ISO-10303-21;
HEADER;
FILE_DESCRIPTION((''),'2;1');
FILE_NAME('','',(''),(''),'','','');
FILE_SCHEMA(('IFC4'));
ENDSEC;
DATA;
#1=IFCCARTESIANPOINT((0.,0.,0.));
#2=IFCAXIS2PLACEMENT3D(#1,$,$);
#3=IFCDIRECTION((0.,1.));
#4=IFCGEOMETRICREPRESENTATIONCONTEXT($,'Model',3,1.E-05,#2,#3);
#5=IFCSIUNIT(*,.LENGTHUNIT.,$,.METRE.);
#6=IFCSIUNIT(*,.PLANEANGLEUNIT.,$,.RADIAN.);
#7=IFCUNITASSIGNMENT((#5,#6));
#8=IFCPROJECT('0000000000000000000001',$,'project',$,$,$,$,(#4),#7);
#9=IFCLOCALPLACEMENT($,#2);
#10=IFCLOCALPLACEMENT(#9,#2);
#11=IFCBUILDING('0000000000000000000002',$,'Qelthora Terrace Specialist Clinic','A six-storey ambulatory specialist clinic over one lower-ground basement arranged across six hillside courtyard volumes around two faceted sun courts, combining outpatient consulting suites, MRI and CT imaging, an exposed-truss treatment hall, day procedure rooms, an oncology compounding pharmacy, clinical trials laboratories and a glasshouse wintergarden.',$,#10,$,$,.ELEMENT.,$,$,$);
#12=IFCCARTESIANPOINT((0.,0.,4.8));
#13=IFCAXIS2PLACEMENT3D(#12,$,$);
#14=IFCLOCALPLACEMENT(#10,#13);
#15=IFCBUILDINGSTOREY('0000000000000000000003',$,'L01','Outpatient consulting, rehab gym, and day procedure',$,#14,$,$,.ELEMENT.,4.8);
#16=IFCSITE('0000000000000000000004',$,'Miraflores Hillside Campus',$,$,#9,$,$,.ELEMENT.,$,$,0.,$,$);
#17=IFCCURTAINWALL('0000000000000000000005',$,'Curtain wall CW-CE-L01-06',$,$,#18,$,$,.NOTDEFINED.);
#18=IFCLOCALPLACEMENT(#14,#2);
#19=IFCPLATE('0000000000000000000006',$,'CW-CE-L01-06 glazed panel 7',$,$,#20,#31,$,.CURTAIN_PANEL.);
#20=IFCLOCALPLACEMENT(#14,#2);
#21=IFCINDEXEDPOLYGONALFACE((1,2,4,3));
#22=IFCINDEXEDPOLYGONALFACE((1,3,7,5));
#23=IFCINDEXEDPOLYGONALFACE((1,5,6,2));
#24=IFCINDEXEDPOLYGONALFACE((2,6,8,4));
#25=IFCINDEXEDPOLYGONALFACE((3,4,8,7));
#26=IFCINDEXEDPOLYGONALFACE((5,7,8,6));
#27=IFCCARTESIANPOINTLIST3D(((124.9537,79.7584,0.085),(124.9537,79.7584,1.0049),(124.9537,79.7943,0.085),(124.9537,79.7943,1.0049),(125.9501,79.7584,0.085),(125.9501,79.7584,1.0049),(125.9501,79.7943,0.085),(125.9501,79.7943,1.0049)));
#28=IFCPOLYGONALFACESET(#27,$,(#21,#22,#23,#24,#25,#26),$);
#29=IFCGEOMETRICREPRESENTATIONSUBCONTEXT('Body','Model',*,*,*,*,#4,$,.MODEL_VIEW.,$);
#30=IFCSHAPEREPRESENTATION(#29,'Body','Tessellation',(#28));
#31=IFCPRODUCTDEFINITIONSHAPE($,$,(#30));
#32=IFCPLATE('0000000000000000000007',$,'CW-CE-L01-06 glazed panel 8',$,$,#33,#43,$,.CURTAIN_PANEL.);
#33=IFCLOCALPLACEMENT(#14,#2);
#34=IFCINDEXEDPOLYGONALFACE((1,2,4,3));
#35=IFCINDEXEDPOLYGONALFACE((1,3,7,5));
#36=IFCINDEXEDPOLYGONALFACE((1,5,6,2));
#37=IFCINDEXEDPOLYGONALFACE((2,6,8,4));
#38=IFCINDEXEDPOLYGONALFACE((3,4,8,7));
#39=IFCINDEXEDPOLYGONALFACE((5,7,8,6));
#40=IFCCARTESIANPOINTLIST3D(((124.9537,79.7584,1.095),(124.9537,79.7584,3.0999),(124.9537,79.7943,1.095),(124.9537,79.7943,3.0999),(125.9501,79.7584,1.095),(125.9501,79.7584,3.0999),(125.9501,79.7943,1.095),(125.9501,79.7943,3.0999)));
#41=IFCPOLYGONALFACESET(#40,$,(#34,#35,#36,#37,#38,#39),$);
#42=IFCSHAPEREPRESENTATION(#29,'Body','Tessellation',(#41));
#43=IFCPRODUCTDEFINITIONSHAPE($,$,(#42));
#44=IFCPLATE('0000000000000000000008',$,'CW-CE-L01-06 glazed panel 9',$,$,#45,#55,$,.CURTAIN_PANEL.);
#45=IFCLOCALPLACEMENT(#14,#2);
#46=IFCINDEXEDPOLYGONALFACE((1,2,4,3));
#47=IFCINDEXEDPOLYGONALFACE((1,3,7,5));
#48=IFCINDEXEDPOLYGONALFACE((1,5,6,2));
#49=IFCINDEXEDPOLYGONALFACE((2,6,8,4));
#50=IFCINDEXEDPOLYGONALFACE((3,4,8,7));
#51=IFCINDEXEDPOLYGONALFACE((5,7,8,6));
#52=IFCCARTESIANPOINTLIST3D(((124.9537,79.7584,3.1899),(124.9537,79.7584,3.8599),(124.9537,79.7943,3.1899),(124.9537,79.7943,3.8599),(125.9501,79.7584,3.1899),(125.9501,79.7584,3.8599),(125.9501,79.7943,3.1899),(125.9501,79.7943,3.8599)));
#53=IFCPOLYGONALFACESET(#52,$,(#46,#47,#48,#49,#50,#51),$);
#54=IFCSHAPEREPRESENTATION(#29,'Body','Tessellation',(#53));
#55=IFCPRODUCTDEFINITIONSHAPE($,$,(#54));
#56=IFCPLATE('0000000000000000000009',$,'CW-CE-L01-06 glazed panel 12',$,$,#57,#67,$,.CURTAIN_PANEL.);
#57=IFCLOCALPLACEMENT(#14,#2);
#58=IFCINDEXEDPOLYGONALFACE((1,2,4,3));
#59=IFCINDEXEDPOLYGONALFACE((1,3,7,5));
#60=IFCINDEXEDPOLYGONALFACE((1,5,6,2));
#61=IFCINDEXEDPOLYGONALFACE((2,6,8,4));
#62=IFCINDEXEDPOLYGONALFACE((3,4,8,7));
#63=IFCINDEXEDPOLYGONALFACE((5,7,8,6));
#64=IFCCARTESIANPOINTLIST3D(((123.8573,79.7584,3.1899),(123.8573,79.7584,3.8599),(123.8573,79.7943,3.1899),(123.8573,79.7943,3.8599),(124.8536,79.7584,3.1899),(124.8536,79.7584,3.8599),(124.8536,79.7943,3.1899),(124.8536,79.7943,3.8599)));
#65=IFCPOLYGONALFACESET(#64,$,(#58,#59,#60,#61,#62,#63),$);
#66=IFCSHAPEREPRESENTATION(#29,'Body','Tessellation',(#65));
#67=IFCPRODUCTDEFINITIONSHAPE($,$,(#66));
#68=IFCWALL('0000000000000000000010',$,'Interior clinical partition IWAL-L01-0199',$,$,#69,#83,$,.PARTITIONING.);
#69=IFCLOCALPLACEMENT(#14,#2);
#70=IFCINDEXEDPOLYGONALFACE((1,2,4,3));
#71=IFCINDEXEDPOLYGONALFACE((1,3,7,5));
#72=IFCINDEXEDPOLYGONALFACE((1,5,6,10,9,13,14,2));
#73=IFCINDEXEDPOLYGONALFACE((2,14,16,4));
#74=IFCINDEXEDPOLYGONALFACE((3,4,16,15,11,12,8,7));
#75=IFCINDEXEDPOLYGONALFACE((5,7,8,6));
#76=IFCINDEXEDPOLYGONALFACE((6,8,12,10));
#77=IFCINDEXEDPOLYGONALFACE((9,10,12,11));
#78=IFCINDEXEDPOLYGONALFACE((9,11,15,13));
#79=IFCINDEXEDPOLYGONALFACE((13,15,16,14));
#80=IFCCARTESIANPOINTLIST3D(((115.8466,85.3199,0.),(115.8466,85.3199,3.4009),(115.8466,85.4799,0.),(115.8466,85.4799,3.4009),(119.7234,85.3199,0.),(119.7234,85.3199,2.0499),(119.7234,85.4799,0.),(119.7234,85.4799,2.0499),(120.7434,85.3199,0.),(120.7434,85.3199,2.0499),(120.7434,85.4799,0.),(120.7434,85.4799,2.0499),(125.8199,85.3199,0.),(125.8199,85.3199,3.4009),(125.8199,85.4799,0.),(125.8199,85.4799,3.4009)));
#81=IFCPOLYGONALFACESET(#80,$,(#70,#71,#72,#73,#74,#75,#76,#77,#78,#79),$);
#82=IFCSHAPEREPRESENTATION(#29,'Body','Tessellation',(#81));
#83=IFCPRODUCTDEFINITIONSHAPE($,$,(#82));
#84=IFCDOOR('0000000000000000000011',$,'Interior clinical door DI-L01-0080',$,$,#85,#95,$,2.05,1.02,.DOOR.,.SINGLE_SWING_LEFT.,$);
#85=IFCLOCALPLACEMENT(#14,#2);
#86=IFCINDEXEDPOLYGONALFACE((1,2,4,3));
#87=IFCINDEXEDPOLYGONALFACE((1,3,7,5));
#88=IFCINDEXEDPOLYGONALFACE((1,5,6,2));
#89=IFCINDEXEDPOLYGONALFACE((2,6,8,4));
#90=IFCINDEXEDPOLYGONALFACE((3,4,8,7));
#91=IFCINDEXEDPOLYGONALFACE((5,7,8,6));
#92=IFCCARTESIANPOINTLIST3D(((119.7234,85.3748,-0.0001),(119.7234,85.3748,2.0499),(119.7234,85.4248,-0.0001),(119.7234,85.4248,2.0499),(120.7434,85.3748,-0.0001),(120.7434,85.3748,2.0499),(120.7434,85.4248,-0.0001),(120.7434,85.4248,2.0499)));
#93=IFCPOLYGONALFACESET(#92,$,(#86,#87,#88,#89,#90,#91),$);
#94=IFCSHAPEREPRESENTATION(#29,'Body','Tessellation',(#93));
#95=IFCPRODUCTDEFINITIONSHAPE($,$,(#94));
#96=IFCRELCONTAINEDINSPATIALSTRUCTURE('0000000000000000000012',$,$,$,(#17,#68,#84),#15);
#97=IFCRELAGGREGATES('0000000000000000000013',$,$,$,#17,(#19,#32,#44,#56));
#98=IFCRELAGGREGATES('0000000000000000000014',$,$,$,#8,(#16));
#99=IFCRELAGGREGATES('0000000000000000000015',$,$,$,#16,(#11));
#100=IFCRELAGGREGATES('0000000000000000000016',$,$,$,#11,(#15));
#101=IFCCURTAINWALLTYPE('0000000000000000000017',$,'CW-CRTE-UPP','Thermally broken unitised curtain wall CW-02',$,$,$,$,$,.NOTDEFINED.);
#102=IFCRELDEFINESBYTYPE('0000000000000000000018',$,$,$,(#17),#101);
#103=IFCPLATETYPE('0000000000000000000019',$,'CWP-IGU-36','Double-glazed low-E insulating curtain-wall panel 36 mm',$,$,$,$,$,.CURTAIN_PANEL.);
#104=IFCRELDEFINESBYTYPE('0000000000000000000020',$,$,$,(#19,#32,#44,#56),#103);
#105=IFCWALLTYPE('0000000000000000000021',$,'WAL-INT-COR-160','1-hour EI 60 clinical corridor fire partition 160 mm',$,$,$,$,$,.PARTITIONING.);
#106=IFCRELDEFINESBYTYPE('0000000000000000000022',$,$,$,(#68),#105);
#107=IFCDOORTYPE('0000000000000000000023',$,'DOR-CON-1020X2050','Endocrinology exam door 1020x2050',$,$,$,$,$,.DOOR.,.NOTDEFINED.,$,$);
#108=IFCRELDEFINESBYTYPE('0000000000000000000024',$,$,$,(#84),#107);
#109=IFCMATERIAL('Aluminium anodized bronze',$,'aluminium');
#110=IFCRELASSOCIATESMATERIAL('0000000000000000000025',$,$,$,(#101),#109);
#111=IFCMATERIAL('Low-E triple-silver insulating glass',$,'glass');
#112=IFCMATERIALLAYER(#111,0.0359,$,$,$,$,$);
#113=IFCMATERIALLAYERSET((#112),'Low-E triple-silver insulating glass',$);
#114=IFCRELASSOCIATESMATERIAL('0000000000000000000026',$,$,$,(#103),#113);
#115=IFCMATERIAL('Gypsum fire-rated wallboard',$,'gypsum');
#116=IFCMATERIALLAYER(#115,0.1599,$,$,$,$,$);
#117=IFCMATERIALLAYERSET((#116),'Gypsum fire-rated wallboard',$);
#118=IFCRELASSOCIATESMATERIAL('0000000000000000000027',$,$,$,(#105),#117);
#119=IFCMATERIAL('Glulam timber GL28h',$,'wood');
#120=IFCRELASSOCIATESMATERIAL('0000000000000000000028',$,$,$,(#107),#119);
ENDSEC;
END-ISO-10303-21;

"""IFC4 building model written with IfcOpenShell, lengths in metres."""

from ifc_helpers import new_model, si_unit, direction, frame, frame_2d, origin, origin_2d, place, context, subcontext, project, spatial, rectangle, extrude, material, layer, layer_set, type_object, element, fill, aggregate, save


model = new_model("IFC4")

# Units and contexts
model_context = context("Model", 3, precision=1e-05, world=origin(), true_north=direction((0.0, 1.0)))
body_context = subcontext(model_context, "Body", "Model", "MODEL_VIEW")
ifc_project = project(units=[si_unit("LENGTHUNIT", "METRE"), si_unit("PLANEANGLEUNIT", "RADIAN")], contexts=[model_context])

# Site, building, storey
site_placement = place(None, origin())
site = spatial("IfcSite", under=ifc_project, at=site_placement, Name="Miraflores Hillside Campus", CompositionType="ELEMENT", RefElevation=0.0)
building_placement = place(site_placement, origin())
building = spatial("IfcBuilding", under=site, at=building_placement, Name="Qelthora Terrace Specialist Clinic", Description="A six-storey ambulatory specialist clinic over one lower-ground basement arranged across six hillside courtyard volumes around two faceted sun courts, combining outpatient consulting suites, MRI and CT imaging, an exposed-truss treatment hall, day procedure rooms, an oncology compounding pharmacy, clinical trials laboratories and a glasshouse wintergarden.", CompositionType="ELEMENT")
storey_placement = place(building_placement, frame((0.0, 0.0, 4.8)))
storey = spatial("IfcBuildingStorey", under=building, at=storey_placement, Name="L01", Description="Outpatient consulting, rehab gym, and day procedure", CompositionType="ELEMENT", Elevation=4.8)

# Curtain wall
ifc_material_1 = material(Name="Aluminium anodized bronze", Category="aluminium")
curtain_wall_type = type_object("IfcCurtainWallType", Name="CW-CRTE-UPP", Description="Thermally broken unitised curtain wall CW-02", PredefinedType="NOTDEFINED", material=ifc_material_1)
curtain_wall_placement = place(storey_placement, origin())
curtain_wall = element("IfcCurtainWall", 1, at=curtain_wall_placement, inside=storey, type_object=curtain_wall_type, Name="Curtain wall CW-CE-L01-06", PredefinedType="NOTDEFINED")

# Plates
ifc_material_2 = material(Name="Low-E triple-silver insulating glass", Category="glass")
ifc_layer_1 = layer(ifc_material_2, 0.0359)
ifc_layer_set_1 = layer_set([ifc_layer_1], Name="Low-E triple-silver insulating glass")
plate_type = type_object("IfcPlateType", Name="CWP-IGU-36", Description="Double-glazed low-E insulating curtain-wall panel 36 mm", PredefinedType="CURTAIN_PANEL", material=ifc_layer_set_1)
plate_1_placement = place(storey_placement, frame((125.4519, 79.7764, 0.085), z_axis=(0.0, 0.0, 1.0), x_axis=(-1.0, 0.0, 0.0)))
plate_1 = element("IfcPlate", 2, at=plate_1_placement, type_object=plate_type, Name="CW-CE-L01-06 glazed panel 7", PredefinedType="CURTAIN_PANEL", context=body_context, shape_type="SweptSolid", body=[
    extrude(rectangle(XDim=0.9963, YDim=0.0359, at=origin_2d()), origin(), (0.0, 0.0, 1.0), 0.9199),
])
plate_2_placement = place(storey_placement, frame((125.4519, 79.7764, 1.095), z_axis=(0.0, 0.0, 1.0), x_axis=(-1.0, 0.0, 0.0)))
plate_2 = element("IfcPlate", 3, at=plate_2_placement, type_object=plate_type, Name="CW-CE-L01-06 glazed panel 8", PredefinedType="CURTAIN_PANEL", context=body_context, shape_type="SweptSolid", body=[
    extrude(rectangle(XDim=0.9963, YDim=0.0359, at=origin_2d()), origin(), (0.0, 0.0, 1.0), 2.0049),
])
plate_3_placement = place(storey_placement, frame((125.4519, 79.7764, 3.1899), z_axis=(0.0, 0.0, 1.0), x_axis=(-1.0, 0.0, 0.0)))
plate_3 = element("IfcPlate", 4, at=plate_3_placement, type_object=plate_type, Name="CW-CE-L01-06 glazed panel 9", PredefinedType="CURTAIN_PANEL", context=body_context, shape_type="SweptSolid", body=[
    extrude(rectangle(XDim=0.9963, YDim=0.0359, at=origin_2d()), origin(), (0.0, 0.0, 1.0), 0.6699),
])
plate_4_placement = place(storey_placement, frame((124.3555, 79.7764, 3.1899), z_axis=(0.0, 0.0, 1.0), x_axis=(-1.0, 0.0, 0.0)))
plate_4 = element("IfcPlate", 5, at=plate_4_placement, type_object=plate_type, Name="CW-CE-L01-06 glazed panel 12", PredefinedType="CURTAIN_PANEL", context=body_context, shape_type="SweptSolid", body=[
    extrude(rectangle(XDim=0.9963, YDim=0.0359, at=origin_2d()), origin(), (0.0, 0.0, 1.0), 0.6699),
])
aggregate(curtain_wall, [plate_1, plate_2, plate_3, plate_4])

# Wall, opening, door
ifc_material_3 = material(Name="Gypsum fire-rated wallboard", Category="gypsum")
ifc_layer_2 = layer(ifc_material_3, 0.1599)
ifc_layer_set_2 = layer_set([ifc_layer_2], Name="Gypsum fire-rated wallboard")
wall_type = type_object("IfcWallType", Name="WAL-INT-COR-160", Description="1-hour EI 60 clinical corridor fire partition 160 mm", PredefinedType="PARTITIONING", material=ifc_layer_set_2)
wall_placement = place(storey_placement, frame((125.8201, 85.3999, 0.0), z_axis=(0.0, 0.0, 1.0), x_axis=(-1.0, 0.0, 0.0)))
wall = element("IfcWall", 6, at=wall_placement, inside=storey, type_object=wall_type, Name="Interior clinical partition IWAL-L01-0199", PredefinedType="PARTITIONING", context=body_context, shape_type="SweptSolid", body=[
    extrude(rectangle(XDim=9.9734, YDim=0.1599, at=frame_2d((4.9868, 0.0))), origin(), (0.0, 0.0, 1.0), 3.4009),
])
opening_placement = place(wall_placement, frame((5.0767, 0.0, 0.0)))
opening = element("IfcOpeningElement", 7, at=opening_placement, cuts=wall, PredefinedType="OPENING", context=body_context, shape_type="SweptSolid", body=[
    extrude(rectangle(XDim=1.02, YDim=2.05, at=frame_2d((0.51, 1.0249))), frame((0.0, 0.0898, 0.0), z_axis=(0.0, -1.0, 0.0), x_axis=(1.0, 0.0, 0.0)), (0.0, 0.0, 1.0), 0.1799),
])
ifc_material_4 = material(Name="Glulam timber GL28h", Category="wood")
door_type = type_object("IfcDoorType", Name="DOR-CON-1020X2050", Description="Endocrinology exam door 1020x2050", OperationType="NOTDEFINED", PredefinedType="DOOR", material=ifc_material_4)
door_placement = place(opening_placement, frame((1.02, 0.0, 0.0), z_axis=(0.0, 0.0, 1.0), x_axis=(-1.0, 0.0, 0.0)))
door = element("IfcDoor", 8, at=door_placement, inside=storey, type_object=door_type, Name="Interior clinical door DI-L01-0080", OperationType="SINGLE_SWING_LEFT", OverallHeight=2.05, OverallWidth=1.02, PredefinedType="DOOR", context=body_context, shape_type="SweptSolid", body=[
    extrude(rectangle(XDim=1.02, YDim=2.05, at=frame_2d((0.51, 1.0249))), frame((0.0, 0.0249, 0.0), z_axis=(0.0, -1.0, 0.0), x_axis=(1.0, 0.0, 0.0)), (0.0, 0.0, 1.0), 0.05),
])
fill(opening, door)

save(model, "model.ifc")
